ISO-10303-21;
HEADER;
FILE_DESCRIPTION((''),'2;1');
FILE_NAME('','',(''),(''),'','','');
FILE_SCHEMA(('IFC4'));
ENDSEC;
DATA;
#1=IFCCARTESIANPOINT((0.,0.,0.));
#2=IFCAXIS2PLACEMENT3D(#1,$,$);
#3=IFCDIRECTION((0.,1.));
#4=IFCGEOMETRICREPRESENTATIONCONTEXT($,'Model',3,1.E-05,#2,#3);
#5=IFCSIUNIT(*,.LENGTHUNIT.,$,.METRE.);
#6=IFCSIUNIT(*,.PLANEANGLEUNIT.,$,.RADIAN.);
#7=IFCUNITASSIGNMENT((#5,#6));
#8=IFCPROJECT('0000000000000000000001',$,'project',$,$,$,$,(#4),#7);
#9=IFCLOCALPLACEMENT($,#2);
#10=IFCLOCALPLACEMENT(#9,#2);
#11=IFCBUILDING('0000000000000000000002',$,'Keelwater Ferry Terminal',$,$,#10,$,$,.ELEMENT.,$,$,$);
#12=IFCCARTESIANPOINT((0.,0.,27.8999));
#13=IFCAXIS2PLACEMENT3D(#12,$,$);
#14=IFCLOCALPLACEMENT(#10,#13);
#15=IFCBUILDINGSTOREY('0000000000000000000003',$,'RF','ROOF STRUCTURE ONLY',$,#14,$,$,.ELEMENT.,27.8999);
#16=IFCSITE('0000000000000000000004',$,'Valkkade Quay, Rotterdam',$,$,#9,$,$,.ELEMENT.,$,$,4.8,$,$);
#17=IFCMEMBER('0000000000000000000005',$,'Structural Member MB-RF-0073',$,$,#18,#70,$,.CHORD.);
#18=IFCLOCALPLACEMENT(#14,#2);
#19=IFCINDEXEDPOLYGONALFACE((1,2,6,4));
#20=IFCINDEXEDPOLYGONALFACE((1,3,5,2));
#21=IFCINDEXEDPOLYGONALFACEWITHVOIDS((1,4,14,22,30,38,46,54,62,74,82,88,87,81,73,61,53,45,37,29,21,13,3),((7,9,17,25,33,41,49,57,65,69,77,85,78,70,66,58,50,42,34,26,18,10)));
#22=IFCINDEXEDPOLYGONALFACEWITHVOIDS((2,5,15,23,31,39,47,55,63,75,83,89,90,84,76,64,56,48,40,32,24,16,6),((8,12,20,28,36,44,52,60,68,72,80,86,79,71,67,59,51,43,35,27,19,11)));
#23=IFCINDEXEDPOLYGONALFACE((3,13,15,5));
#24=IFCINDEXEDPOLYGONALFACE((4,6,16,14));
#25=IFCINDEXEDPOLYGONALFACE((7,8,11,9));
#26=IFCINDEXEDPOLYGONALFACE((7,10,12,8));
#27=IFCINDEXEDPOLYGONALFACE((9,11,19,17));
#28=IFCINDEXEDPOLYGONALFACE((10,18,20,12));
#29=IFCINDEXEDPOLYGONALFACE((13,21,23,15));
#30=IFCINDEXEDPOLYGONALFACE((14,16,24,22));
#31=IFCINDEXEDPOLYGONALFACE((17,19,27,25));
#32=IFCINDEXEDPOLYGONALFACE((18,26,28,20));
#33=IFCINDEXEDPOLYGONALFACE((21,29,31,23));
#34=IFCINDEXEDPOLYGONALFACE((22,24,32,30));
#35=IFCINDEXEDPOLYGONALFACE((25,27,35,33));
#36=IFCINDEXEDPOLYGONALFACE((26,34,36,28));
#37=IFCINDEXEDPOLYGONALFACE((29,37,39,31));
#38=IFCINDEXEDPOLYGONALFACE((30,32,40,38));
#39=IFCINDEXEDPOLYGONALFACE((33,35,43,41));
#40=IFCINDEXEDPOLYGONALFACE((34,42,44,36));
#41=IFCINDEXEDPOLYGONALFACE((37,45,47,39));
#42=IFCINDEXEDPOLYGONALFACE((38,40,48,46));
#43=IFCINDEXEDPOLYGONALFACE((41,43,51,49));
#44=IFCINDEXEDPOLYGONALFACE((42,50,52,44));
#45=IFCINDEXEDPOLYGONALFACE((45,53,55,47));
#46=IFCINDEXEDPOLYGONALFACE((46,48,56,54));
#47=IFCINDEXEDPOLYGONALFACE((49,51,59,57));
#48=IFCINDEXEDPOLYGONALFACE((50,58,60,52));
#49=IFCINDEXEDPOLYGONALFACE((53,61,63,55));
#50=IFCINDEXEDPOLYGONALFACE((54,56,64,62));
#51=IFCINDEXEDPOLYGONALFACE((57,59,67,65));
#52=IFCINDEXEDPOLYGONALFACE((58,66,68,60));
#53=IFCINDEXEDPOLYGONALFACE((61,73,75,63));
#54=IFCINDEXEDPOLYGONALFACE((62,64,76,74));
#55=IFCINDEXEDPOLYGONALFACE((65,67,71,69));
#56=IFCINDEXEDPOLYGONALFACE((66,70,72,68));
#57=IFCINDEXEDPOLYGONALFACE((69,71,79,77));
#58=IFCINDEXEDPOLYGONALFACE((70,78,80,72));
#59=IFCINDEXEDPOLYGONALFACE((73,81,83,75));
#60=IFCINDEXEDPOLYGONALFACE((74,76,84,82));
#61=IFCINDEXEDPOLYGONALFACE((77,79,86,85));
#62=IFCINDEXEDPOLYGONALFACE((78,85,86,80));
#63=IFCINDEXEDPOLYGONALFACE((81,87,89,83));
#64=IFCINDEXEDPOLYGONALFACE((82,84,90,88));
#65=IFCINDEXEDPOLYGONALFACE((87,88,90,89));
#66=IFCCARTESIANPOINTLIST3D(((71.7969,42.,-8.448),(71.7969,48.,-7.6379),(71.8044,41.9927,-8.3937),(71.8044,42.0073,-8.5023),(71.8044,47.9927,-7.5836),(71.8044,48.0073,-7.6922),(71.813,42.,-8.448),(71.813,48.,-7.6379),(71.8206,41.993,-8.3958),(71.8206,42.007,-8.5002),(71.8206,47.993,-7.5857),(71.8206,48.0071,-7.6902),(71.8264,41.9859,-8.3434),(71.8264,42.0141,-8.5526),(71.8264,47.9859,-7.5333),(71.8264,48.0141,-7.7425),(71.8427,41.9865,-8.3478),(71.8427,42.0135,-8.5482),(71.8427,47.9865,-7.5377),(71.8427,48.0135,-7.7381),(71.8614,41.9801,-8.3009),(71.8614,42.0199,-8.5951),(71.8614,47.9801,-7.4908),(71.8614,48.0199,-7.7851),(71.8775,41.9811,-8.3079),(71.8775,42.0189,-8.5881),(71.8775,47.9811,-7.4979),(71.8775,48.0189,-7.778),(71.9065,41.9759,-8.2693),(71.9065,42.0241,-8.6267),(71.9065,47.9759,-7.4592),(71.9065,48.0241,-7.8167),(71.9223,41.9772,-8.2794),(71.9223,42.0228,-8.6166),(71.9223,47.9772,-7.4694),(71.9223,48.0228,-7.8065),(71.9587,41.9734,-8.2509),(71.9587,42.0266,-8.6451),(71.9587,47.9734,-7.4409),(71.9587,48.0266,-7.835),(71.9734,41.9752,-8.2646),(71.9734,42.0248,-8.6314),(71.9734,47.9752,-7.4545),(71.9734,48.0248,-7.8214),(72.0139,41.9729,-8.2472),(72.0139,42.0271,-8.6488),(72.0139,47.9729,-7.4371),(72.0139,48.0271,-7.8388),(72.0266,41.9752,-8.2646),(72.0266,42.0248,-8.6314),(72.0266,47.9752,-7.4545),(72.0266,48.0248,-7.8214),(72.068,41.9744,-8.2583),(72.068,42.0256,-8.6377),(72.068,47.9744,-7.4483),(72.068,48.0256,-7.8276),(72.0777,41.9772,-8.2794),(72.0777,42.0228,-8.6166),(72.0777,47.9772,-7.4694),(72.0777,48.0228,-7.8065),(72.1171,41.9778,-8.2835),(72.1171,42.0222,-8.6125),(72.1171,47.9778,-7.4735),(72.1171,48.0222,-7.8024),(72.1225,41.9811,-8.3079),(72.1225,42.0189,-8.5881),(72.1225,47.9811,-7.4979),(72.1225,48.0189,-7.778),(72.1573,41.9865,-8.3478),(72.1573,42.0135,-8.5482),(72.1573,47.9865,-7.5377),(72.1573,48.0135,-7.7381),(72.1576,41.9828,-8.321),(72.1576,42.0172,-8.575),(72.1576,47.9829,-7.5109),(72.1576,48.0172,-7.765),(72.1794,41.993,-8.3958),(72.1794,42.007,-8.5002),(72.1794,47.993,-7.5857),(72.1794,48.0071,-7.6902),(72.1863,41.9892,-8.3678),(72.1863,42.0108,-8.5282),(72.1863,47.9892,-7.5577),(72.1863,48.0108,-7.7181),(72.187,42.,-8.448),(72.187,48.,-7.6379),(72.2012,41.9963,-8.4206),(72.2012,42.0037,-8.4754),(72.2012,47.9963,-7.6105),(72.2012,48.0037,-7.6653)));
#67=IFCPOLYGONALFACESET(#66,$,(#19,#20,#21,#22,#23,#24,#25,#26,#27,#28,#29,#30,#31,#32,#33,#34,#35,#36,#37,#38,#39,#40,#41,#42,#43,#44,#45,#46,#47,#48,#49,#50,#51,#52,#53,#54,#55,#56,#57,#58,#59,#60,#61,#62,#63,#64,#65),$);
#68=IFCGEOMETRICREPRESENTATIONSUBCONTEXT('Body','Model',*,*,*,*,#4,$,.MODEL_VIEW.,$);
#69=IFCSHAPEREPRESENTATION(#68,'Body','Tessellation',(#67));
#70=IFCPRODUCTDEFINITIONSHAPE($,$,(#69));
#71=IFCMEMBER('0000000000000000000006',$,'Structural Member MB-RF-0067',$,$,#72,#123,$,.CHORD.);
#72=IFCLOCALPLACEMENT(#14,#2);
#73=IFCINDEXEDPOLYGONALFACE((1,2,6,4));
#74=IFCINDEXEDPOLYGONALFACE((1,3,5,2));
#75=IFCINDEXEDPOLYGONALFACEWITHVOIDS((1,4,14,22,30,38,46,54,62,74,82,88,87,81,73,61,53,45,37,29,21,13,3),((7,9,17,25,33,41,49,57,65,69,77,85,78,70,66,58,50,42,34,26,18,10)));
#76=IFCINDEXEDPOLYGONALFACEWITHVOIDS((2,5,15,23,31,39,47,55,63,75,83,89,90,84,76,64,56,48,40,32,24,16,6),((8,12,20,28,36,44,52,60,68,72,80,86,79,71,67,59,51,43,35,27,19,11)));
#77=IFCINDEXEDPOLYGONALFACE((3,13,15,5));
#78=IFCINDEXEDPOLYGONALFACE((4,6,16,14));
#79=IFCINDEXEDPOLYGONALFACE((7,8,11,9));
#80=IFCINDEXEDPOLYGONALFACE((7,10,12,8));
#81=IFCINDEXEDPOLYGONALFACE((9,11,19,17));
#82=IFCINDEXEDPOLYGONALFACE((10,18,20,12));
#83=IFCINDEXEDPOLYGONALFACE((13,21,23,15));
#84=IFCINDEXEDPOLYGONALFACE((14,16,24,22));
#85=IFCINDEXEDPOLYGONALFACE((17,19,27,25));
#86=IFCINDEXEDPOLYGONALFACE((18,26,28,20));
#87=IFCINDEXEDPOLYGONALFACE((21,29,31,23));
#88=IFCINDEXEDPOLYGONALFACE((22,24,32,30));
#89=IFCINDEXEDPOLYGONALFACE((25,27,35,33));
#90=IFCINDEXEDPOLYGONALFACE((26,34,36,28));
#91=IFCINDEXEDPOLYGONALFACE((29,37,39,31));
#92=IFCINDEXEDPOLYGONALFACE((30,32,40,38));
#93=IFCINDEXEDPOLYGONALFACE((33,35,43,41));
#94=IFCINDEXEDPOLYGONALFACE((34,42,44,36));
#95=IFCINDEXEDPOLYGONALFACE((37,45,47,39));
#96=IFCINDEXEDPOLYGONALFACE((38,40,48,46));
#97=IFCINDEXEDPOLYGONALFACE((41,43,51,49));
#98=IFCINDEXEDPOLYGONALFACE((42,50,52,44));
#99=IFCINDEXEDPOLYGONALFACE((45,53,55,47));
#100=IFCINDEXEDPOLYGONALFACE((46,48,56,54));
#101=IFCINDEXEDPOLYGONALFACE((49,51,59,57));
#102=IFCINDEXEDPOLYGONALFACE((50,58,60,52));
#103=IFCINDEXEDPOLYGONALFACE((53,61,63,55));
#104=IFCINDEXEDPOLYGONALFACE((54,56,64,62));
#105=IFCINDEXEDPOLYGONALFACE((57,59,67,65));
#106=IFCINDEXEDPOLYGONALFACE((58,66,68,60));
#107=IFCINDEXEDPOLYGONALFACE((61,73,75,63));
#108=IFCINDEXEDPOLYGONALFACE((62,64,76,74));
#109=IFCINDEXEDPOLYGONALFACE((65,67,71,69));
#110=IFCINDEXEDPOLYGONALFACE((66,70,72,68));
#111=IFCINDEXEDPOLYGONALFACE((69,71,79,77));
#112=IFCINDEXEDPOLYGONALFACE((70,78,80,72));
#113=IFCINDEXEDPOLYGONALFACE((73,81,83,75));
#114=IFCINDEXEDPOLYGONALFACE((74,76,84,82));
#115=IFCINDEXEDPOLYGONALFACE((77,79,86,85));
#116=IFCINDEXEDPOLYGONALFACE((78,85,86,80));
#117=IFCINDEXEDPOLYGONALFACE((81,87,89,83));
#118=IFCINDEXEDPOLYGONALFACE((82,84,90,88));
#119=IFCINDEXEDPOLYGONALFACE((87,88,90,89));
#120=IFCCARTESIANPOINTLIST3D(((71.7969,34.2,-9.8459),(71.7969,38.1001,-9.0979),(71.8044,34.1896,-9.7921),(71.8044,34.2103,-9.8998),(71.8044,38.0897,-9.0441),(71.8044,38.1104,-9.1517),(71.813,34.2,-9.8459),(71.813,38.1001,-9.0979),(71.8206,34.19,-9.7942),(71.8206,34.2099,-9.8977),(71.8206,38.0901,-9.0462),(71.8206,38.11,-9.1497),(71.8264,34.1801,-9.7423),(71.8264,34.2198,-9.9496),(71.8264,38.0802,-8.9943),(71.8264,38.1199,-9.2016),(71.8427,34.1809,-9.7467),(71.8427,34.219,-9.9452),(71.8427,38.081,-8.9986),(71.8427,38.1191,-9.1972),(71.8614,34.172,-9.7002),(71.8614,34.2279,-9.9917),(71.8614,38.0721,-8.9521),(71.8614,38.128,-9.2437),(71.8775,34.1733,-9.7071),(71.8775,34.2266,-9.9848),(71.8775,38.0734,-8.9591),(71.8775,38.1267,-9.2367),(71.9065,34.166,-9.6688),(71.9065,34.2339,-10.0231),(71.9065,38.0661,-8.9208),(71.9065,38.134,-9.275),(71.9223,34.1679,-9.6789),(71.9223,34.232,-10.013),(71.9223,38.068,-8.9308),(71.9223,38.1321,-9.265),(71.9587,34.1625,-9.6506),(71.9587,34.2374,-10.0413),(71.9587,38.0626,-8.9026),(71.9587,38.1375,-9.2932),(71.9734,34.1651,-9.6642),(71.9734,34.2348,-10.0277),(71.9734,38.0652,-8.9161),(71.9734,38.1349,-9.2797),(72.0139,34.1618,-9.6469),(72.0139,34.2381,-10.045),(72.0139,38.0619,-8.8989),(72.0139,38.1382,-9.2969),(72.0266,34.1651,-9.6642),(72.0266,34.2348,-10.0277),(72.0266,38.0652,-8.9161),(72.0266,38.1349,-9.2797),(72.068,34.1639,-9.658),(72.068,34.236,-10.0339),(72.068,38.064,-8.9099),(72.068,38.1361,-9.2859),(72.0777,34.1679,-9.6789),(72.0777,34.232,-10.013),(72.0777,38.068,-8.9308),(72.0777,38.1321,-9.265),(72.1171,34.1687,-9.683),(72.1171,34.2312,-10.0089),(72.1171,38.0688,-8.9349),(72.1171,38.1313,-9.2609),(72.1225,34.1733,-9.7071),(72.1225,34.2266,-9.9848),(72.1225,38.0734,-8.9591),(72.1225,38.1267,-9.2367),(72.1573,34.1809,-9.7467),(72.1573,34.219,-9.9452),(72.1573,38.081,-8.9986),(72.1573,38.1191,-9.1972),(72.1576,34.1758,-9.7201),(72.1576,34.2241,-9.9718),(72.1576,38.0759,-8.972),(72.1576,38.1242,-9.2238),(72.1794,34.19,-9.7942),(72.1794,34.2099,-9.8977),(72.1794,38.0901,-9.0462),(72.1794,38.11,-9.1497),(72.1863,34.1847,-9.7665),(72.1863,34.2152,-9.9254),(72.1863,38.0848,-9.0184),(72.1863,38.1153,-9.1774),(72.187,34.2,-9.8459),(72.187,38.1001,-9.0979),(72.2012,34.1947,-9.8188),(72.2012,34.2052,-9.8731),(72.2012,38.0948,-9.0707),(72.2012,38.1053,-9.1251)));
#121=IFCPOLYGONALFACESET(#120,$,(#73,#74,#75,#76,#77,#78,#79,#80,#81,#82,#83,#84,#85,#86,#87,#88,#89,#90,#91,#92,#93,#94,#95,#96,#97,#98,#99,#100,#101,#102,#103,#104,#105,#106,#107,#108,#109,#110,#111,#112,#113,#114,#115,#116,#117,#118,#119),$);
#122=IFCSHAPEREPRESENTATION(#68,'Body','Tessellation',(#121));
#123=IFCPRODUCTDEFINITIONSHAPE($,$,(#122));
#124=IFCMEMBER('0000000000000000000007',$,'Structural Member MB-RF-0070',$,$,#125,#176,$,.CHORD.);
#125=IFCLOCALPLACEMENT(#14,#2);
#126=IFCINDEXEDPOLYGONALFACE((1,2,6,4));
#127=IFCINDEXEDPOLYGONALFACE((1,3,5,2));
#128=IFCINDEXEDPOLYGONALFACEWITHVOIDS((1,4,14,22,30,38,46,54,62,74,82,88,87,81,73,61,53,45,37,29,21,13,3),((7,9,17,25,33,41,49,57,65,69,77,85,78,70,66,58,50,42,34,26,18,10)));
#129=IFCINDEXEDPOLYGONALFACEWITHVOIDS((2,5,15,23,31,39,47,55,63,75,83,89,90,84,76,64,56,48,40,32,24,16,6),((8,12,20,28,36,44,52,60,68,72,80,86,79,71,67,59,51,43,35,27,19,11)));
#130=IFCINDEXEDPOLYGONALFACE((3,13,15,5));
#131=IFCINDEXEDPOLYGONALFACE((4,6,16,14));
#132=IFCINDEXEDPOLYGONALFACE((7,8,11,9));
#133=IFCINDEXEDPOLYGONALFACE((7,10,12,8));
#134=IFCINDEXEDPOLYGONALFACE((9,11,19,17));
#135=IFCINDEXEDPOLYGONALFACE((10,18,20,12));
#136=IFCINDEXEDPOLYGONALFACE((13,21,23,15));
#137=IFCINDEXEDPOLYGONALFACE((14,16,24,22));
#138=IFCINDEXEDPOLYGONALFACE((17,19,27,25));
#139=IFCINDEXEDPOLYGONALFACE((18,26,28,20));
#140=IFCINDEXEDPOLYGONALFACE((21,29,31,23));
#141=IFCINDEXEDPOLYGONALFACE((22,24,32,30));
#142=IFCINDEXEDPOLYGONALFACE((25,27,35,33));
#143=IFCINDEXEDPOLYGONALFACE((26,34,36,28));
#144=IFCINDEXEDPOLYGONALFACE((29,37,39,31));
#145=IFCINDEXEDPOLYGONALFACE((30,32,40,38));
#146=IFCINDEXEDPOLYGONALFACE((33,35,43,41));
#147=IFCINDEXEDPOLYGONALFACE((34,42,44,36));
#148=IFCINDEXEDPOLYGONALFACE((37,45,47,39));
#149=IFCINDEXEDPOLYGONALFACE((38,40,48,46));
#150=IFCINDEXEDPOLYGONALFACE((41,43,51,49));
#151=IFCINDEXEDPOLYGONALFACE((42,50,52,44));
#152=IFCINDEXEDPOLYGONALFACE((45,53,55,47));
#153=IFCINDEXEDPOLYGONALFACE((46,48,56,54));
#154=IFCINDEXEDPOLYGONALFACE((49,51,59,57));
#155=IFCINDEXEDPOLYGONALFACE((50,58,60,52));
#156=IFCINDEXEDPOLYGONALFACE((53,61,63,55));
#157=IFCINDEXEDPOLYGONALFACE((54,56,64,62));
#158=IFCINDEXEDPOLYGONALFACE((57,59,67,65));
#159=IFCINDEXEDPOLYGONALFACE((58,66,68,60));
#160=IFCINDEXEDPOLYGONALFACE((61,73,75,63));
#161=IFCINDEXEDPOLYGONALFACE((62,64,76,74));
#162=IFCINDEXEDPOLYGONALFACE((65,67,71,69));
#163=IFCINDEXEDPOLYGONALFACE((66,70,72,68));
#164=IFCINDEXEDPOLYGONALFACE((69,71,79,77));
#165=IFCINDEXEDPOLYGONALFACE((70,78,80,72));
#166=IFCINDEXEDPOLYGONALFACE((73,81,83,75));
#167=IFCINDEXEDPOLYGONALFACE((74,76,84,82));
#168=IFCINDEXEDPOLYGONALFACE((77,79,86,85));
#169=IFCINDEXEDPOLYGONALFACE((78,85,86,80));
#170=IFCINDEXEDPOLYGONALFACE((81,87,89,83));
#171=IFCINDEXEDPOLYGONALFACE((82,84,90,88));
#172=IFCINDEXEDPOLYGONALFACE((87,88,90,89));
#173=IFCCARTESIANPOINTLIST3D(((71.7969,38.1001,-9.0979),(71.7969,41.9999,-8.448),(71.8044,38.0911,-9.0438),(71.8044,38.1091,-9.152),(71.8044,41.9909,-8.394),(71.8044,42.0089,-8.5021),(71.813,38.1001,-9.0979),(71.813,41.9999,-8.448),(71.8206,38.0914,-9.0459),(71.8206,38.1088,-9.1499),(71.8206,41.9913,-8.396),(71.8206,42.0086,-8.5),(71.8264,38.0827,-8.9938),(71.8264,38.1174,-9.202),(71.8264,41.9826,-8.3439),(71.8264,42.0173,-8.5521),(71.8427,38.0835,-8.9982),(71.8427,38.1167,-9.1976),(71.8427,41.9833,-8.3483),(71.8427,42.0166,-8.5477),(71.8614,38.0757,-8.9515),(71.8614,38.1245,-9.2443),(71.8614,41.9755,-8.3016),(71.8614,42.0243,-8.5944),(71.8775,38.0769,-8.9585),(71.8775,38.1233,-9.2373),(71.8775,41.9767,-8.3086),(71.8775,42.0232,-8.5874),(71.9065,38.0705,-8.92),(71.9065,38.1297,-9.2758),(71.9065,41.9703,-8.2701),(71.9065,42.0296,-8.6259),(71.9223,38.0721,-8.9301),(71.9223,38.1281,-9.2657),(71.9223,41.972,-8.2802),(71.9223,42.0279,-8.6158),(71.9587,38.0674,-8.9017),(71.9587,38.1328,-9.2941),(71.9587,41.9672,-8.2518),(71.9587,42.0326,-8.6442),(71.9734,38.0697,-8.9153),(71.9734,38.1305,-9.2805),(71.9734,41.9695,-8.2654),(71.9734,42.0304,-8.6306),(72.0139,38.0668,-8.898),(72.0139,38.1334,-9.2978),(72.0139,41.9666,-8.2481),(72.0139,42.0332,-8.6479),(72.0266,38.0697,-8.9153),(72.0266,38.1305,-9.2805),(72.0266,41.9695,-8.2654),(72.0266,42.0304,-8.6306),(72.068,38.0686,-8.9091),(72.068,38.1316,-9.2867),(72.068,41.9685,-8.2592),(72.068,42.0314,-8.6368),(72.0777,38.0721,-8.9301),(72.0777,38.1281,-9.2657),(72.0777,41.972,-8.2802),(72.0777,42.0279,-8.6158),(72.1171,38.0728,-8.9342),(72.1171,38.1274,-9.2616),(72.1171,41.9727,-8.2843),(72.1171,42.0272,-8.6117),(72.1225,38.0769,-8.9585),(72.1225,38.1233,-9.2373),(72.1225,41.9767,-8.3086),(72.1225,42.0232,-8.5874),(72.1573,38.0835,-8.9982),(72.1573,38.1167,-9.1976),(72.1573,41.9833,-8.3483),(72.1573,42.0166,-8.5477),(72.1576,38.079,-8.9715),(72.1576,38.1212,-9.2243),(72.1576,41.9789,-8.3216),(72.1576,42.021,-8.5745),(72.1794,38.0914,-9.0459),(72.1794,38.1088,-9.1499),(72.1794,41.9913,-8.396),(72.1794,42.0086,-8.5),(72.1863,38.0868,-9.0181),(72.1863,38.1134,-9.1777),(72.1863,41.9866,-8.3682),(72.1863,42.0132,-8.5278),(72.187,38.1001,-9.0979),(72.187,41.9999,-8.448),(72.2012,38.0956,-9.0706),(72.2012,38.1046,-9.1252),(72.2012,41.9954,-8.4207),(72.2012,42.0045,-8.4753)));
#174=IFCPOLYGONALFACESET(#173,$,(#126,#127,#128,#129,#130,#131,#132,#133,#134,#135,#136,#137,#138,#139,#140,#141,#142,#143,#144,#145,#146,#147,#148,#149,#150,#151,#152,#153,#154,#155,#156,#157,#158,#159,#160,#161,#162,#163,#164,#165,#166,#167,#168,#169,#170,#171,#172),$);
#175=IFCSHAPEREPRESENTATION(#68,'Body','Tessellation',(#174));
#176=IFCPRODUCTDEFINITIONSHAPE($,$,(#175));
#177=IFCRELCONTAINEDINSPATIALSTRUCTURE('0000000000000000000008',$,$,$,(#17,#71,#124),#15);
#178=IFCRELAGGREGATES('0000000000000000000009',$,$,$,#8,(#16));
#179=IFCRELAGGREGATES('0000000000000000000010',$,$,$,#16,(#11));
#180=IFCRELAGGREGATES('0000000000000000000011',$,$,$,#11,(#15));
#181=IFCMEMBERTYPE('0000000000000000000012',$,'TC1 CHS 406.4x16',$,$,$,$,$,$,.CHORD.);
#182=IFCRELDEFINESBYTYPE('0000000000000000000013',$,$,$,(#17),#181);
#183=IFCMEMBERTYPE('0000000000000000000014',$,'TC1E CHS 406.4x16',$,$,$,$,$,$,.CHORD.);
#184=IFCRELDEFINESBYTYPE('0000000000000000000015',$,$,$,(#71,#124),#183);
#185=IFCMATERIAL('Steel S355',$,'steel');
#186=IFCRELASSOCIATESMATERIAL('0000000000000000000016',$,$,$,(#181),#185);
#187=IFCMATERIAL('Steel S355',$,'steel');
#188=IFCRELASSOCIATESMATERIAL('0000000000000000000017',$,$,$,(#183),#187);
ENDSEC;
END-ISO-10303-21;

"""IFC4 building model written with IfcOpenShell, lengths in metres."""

from ifc_helpers import new_model, si_unit, direction, frame, origin, origin_2d, place, context, subcontext, project, spatial, hollow_circle, extrude, material, material_profile, profile_set, type_object, element, save


model = new_model("IFC4")

# Units and contexts
model_context = context("Model", 3, precision=1e-05, world=origin(), true_north=direction((0.0, 1.0)))
body_context = subcontext(model_context, "Body", "Model", "MODEL_VIEW")
ifc_project = project(units=[si_unit("LENGTHUNIT", "METRE"), si_unit("PLANEANGLEUNIT", "RADIAN")], contexts=[model_context])

# Site, building, storey
site_placement = place(None, origin())
site = spatial("IfcSite", under=ifc_project, at=site_placement, Name="Valkkade Quay, Rotterdam", CompositionType="ELEMENT", RefElevation=4.8)
building_placement = place(site_placement, origin())
building = spatial("IfcBuilding", under=site, at=building_placement, Name="Keelwater Ferry Terminal", CompositionType="ELEMENT")
storey_placement = place(building_placement, frame((0.0, 0.0, 27.8999)))
storey = spatial("IfcBuildingStorey", under=building, at=storey_placement, Name="RF", Description="ROOF STRUCTURE ONLY", CompositionType="ELEMENT", Elevation=27.8999)

# Members
ifc_material_1 = material(Name="Steel S355", Category="steel")
ifc_material_profile_1 = material_profile(ifc_material_1, hollow_circle(Radius=0.2031, WallThickness=0.0161, at=origin_2d()), Name="CHS 406.4x16")
ifc_profile_set_1 = profile_set([ifc_material_profile_1], Name="Steel S355")
member_type_1 = type_object("IfcMemberType", Name="TC1 CHS 406.4x16", PredefinedType="CHORD", material=ifc_profile_set_1)
member_1_placement = place(storey_placement, frame((72.0, 42.0, -8.448), z_axis=(0.0, 0.991009, 0.133796), x_axis=(-1.0, 0.0, 0.0)))
element("IfcMember", 1, at=member_1_placement, inside=storey, type_object=member_type_1, Name="Structural Member MB-RF-0073", PredefinedType="CHORD", context=body_context, shape_type="SweptSolid", body=[
    extrude(hollow_circle(Radius=0.2031, WallThickness=0.0161, at=origin_2d()), origin(), (0.0, 0.0, 1.0), 6.0544),
])
ifc_material_2 = material(Name="Steel S355", Category="steel")
ifc_material_profile_2 = material_profile(ifc_material_2, hollow_circle(Radius=0.2031, WallThickness=0.0161, at=origin_2d()), Name="CHS 406.4x16")
ifc_profile_set_2 = profile_set([ifc_material_profile_2], Name="Steel S355")
member_type_2 = type_object("IfcMemberType", Name="TC1E CHS 406.4x16", PredefinedType="CHORD", material=ifc_profile_set_2)
member_2_placement = place(storey_placement, frame((72.0, 34.2, -9.8459), z_axis=(0.0, 0.982099, 0.188366), x_axis=(-1.0, 0.0, 0.0)))
element("IfcMember", 2, at=member_2_placement, inside=storey, type_object=member_type_2, Name="Structural Member MB-RF-0067", PredefinedType="CHORD", context=body_context, shape_type="SweptSolid", body=[
    extrude(hollow_circle(Radius=0.2031, WallThickness=0.0161, at=origin_2d()), origin(), (0.0, 0.0, 1.0), 3.9712),
])
member_3_placement = place(storey_placement, frame((72.0, 38.1001, -9.0979), z_axis=(0.0, 0.986397, 0.164379), x_axis=(-1.0, 0.0, 0.0)))
element("IfcMember", 3, at=member_3_placement, inside=storey, type_object=member_type_2, Name="Structural Member MB-RF-0070", PredefinedType="CHORD", context=body_context, shape_type="SweptSolid", body=[
    extrude(hollow_circle(Radius=0.2031, WallThickness=0.0161, at=origin_2d()), origin(), (0.0, 0.0, 1.0), 3.9536),
])

save(model, "model.ifc")
